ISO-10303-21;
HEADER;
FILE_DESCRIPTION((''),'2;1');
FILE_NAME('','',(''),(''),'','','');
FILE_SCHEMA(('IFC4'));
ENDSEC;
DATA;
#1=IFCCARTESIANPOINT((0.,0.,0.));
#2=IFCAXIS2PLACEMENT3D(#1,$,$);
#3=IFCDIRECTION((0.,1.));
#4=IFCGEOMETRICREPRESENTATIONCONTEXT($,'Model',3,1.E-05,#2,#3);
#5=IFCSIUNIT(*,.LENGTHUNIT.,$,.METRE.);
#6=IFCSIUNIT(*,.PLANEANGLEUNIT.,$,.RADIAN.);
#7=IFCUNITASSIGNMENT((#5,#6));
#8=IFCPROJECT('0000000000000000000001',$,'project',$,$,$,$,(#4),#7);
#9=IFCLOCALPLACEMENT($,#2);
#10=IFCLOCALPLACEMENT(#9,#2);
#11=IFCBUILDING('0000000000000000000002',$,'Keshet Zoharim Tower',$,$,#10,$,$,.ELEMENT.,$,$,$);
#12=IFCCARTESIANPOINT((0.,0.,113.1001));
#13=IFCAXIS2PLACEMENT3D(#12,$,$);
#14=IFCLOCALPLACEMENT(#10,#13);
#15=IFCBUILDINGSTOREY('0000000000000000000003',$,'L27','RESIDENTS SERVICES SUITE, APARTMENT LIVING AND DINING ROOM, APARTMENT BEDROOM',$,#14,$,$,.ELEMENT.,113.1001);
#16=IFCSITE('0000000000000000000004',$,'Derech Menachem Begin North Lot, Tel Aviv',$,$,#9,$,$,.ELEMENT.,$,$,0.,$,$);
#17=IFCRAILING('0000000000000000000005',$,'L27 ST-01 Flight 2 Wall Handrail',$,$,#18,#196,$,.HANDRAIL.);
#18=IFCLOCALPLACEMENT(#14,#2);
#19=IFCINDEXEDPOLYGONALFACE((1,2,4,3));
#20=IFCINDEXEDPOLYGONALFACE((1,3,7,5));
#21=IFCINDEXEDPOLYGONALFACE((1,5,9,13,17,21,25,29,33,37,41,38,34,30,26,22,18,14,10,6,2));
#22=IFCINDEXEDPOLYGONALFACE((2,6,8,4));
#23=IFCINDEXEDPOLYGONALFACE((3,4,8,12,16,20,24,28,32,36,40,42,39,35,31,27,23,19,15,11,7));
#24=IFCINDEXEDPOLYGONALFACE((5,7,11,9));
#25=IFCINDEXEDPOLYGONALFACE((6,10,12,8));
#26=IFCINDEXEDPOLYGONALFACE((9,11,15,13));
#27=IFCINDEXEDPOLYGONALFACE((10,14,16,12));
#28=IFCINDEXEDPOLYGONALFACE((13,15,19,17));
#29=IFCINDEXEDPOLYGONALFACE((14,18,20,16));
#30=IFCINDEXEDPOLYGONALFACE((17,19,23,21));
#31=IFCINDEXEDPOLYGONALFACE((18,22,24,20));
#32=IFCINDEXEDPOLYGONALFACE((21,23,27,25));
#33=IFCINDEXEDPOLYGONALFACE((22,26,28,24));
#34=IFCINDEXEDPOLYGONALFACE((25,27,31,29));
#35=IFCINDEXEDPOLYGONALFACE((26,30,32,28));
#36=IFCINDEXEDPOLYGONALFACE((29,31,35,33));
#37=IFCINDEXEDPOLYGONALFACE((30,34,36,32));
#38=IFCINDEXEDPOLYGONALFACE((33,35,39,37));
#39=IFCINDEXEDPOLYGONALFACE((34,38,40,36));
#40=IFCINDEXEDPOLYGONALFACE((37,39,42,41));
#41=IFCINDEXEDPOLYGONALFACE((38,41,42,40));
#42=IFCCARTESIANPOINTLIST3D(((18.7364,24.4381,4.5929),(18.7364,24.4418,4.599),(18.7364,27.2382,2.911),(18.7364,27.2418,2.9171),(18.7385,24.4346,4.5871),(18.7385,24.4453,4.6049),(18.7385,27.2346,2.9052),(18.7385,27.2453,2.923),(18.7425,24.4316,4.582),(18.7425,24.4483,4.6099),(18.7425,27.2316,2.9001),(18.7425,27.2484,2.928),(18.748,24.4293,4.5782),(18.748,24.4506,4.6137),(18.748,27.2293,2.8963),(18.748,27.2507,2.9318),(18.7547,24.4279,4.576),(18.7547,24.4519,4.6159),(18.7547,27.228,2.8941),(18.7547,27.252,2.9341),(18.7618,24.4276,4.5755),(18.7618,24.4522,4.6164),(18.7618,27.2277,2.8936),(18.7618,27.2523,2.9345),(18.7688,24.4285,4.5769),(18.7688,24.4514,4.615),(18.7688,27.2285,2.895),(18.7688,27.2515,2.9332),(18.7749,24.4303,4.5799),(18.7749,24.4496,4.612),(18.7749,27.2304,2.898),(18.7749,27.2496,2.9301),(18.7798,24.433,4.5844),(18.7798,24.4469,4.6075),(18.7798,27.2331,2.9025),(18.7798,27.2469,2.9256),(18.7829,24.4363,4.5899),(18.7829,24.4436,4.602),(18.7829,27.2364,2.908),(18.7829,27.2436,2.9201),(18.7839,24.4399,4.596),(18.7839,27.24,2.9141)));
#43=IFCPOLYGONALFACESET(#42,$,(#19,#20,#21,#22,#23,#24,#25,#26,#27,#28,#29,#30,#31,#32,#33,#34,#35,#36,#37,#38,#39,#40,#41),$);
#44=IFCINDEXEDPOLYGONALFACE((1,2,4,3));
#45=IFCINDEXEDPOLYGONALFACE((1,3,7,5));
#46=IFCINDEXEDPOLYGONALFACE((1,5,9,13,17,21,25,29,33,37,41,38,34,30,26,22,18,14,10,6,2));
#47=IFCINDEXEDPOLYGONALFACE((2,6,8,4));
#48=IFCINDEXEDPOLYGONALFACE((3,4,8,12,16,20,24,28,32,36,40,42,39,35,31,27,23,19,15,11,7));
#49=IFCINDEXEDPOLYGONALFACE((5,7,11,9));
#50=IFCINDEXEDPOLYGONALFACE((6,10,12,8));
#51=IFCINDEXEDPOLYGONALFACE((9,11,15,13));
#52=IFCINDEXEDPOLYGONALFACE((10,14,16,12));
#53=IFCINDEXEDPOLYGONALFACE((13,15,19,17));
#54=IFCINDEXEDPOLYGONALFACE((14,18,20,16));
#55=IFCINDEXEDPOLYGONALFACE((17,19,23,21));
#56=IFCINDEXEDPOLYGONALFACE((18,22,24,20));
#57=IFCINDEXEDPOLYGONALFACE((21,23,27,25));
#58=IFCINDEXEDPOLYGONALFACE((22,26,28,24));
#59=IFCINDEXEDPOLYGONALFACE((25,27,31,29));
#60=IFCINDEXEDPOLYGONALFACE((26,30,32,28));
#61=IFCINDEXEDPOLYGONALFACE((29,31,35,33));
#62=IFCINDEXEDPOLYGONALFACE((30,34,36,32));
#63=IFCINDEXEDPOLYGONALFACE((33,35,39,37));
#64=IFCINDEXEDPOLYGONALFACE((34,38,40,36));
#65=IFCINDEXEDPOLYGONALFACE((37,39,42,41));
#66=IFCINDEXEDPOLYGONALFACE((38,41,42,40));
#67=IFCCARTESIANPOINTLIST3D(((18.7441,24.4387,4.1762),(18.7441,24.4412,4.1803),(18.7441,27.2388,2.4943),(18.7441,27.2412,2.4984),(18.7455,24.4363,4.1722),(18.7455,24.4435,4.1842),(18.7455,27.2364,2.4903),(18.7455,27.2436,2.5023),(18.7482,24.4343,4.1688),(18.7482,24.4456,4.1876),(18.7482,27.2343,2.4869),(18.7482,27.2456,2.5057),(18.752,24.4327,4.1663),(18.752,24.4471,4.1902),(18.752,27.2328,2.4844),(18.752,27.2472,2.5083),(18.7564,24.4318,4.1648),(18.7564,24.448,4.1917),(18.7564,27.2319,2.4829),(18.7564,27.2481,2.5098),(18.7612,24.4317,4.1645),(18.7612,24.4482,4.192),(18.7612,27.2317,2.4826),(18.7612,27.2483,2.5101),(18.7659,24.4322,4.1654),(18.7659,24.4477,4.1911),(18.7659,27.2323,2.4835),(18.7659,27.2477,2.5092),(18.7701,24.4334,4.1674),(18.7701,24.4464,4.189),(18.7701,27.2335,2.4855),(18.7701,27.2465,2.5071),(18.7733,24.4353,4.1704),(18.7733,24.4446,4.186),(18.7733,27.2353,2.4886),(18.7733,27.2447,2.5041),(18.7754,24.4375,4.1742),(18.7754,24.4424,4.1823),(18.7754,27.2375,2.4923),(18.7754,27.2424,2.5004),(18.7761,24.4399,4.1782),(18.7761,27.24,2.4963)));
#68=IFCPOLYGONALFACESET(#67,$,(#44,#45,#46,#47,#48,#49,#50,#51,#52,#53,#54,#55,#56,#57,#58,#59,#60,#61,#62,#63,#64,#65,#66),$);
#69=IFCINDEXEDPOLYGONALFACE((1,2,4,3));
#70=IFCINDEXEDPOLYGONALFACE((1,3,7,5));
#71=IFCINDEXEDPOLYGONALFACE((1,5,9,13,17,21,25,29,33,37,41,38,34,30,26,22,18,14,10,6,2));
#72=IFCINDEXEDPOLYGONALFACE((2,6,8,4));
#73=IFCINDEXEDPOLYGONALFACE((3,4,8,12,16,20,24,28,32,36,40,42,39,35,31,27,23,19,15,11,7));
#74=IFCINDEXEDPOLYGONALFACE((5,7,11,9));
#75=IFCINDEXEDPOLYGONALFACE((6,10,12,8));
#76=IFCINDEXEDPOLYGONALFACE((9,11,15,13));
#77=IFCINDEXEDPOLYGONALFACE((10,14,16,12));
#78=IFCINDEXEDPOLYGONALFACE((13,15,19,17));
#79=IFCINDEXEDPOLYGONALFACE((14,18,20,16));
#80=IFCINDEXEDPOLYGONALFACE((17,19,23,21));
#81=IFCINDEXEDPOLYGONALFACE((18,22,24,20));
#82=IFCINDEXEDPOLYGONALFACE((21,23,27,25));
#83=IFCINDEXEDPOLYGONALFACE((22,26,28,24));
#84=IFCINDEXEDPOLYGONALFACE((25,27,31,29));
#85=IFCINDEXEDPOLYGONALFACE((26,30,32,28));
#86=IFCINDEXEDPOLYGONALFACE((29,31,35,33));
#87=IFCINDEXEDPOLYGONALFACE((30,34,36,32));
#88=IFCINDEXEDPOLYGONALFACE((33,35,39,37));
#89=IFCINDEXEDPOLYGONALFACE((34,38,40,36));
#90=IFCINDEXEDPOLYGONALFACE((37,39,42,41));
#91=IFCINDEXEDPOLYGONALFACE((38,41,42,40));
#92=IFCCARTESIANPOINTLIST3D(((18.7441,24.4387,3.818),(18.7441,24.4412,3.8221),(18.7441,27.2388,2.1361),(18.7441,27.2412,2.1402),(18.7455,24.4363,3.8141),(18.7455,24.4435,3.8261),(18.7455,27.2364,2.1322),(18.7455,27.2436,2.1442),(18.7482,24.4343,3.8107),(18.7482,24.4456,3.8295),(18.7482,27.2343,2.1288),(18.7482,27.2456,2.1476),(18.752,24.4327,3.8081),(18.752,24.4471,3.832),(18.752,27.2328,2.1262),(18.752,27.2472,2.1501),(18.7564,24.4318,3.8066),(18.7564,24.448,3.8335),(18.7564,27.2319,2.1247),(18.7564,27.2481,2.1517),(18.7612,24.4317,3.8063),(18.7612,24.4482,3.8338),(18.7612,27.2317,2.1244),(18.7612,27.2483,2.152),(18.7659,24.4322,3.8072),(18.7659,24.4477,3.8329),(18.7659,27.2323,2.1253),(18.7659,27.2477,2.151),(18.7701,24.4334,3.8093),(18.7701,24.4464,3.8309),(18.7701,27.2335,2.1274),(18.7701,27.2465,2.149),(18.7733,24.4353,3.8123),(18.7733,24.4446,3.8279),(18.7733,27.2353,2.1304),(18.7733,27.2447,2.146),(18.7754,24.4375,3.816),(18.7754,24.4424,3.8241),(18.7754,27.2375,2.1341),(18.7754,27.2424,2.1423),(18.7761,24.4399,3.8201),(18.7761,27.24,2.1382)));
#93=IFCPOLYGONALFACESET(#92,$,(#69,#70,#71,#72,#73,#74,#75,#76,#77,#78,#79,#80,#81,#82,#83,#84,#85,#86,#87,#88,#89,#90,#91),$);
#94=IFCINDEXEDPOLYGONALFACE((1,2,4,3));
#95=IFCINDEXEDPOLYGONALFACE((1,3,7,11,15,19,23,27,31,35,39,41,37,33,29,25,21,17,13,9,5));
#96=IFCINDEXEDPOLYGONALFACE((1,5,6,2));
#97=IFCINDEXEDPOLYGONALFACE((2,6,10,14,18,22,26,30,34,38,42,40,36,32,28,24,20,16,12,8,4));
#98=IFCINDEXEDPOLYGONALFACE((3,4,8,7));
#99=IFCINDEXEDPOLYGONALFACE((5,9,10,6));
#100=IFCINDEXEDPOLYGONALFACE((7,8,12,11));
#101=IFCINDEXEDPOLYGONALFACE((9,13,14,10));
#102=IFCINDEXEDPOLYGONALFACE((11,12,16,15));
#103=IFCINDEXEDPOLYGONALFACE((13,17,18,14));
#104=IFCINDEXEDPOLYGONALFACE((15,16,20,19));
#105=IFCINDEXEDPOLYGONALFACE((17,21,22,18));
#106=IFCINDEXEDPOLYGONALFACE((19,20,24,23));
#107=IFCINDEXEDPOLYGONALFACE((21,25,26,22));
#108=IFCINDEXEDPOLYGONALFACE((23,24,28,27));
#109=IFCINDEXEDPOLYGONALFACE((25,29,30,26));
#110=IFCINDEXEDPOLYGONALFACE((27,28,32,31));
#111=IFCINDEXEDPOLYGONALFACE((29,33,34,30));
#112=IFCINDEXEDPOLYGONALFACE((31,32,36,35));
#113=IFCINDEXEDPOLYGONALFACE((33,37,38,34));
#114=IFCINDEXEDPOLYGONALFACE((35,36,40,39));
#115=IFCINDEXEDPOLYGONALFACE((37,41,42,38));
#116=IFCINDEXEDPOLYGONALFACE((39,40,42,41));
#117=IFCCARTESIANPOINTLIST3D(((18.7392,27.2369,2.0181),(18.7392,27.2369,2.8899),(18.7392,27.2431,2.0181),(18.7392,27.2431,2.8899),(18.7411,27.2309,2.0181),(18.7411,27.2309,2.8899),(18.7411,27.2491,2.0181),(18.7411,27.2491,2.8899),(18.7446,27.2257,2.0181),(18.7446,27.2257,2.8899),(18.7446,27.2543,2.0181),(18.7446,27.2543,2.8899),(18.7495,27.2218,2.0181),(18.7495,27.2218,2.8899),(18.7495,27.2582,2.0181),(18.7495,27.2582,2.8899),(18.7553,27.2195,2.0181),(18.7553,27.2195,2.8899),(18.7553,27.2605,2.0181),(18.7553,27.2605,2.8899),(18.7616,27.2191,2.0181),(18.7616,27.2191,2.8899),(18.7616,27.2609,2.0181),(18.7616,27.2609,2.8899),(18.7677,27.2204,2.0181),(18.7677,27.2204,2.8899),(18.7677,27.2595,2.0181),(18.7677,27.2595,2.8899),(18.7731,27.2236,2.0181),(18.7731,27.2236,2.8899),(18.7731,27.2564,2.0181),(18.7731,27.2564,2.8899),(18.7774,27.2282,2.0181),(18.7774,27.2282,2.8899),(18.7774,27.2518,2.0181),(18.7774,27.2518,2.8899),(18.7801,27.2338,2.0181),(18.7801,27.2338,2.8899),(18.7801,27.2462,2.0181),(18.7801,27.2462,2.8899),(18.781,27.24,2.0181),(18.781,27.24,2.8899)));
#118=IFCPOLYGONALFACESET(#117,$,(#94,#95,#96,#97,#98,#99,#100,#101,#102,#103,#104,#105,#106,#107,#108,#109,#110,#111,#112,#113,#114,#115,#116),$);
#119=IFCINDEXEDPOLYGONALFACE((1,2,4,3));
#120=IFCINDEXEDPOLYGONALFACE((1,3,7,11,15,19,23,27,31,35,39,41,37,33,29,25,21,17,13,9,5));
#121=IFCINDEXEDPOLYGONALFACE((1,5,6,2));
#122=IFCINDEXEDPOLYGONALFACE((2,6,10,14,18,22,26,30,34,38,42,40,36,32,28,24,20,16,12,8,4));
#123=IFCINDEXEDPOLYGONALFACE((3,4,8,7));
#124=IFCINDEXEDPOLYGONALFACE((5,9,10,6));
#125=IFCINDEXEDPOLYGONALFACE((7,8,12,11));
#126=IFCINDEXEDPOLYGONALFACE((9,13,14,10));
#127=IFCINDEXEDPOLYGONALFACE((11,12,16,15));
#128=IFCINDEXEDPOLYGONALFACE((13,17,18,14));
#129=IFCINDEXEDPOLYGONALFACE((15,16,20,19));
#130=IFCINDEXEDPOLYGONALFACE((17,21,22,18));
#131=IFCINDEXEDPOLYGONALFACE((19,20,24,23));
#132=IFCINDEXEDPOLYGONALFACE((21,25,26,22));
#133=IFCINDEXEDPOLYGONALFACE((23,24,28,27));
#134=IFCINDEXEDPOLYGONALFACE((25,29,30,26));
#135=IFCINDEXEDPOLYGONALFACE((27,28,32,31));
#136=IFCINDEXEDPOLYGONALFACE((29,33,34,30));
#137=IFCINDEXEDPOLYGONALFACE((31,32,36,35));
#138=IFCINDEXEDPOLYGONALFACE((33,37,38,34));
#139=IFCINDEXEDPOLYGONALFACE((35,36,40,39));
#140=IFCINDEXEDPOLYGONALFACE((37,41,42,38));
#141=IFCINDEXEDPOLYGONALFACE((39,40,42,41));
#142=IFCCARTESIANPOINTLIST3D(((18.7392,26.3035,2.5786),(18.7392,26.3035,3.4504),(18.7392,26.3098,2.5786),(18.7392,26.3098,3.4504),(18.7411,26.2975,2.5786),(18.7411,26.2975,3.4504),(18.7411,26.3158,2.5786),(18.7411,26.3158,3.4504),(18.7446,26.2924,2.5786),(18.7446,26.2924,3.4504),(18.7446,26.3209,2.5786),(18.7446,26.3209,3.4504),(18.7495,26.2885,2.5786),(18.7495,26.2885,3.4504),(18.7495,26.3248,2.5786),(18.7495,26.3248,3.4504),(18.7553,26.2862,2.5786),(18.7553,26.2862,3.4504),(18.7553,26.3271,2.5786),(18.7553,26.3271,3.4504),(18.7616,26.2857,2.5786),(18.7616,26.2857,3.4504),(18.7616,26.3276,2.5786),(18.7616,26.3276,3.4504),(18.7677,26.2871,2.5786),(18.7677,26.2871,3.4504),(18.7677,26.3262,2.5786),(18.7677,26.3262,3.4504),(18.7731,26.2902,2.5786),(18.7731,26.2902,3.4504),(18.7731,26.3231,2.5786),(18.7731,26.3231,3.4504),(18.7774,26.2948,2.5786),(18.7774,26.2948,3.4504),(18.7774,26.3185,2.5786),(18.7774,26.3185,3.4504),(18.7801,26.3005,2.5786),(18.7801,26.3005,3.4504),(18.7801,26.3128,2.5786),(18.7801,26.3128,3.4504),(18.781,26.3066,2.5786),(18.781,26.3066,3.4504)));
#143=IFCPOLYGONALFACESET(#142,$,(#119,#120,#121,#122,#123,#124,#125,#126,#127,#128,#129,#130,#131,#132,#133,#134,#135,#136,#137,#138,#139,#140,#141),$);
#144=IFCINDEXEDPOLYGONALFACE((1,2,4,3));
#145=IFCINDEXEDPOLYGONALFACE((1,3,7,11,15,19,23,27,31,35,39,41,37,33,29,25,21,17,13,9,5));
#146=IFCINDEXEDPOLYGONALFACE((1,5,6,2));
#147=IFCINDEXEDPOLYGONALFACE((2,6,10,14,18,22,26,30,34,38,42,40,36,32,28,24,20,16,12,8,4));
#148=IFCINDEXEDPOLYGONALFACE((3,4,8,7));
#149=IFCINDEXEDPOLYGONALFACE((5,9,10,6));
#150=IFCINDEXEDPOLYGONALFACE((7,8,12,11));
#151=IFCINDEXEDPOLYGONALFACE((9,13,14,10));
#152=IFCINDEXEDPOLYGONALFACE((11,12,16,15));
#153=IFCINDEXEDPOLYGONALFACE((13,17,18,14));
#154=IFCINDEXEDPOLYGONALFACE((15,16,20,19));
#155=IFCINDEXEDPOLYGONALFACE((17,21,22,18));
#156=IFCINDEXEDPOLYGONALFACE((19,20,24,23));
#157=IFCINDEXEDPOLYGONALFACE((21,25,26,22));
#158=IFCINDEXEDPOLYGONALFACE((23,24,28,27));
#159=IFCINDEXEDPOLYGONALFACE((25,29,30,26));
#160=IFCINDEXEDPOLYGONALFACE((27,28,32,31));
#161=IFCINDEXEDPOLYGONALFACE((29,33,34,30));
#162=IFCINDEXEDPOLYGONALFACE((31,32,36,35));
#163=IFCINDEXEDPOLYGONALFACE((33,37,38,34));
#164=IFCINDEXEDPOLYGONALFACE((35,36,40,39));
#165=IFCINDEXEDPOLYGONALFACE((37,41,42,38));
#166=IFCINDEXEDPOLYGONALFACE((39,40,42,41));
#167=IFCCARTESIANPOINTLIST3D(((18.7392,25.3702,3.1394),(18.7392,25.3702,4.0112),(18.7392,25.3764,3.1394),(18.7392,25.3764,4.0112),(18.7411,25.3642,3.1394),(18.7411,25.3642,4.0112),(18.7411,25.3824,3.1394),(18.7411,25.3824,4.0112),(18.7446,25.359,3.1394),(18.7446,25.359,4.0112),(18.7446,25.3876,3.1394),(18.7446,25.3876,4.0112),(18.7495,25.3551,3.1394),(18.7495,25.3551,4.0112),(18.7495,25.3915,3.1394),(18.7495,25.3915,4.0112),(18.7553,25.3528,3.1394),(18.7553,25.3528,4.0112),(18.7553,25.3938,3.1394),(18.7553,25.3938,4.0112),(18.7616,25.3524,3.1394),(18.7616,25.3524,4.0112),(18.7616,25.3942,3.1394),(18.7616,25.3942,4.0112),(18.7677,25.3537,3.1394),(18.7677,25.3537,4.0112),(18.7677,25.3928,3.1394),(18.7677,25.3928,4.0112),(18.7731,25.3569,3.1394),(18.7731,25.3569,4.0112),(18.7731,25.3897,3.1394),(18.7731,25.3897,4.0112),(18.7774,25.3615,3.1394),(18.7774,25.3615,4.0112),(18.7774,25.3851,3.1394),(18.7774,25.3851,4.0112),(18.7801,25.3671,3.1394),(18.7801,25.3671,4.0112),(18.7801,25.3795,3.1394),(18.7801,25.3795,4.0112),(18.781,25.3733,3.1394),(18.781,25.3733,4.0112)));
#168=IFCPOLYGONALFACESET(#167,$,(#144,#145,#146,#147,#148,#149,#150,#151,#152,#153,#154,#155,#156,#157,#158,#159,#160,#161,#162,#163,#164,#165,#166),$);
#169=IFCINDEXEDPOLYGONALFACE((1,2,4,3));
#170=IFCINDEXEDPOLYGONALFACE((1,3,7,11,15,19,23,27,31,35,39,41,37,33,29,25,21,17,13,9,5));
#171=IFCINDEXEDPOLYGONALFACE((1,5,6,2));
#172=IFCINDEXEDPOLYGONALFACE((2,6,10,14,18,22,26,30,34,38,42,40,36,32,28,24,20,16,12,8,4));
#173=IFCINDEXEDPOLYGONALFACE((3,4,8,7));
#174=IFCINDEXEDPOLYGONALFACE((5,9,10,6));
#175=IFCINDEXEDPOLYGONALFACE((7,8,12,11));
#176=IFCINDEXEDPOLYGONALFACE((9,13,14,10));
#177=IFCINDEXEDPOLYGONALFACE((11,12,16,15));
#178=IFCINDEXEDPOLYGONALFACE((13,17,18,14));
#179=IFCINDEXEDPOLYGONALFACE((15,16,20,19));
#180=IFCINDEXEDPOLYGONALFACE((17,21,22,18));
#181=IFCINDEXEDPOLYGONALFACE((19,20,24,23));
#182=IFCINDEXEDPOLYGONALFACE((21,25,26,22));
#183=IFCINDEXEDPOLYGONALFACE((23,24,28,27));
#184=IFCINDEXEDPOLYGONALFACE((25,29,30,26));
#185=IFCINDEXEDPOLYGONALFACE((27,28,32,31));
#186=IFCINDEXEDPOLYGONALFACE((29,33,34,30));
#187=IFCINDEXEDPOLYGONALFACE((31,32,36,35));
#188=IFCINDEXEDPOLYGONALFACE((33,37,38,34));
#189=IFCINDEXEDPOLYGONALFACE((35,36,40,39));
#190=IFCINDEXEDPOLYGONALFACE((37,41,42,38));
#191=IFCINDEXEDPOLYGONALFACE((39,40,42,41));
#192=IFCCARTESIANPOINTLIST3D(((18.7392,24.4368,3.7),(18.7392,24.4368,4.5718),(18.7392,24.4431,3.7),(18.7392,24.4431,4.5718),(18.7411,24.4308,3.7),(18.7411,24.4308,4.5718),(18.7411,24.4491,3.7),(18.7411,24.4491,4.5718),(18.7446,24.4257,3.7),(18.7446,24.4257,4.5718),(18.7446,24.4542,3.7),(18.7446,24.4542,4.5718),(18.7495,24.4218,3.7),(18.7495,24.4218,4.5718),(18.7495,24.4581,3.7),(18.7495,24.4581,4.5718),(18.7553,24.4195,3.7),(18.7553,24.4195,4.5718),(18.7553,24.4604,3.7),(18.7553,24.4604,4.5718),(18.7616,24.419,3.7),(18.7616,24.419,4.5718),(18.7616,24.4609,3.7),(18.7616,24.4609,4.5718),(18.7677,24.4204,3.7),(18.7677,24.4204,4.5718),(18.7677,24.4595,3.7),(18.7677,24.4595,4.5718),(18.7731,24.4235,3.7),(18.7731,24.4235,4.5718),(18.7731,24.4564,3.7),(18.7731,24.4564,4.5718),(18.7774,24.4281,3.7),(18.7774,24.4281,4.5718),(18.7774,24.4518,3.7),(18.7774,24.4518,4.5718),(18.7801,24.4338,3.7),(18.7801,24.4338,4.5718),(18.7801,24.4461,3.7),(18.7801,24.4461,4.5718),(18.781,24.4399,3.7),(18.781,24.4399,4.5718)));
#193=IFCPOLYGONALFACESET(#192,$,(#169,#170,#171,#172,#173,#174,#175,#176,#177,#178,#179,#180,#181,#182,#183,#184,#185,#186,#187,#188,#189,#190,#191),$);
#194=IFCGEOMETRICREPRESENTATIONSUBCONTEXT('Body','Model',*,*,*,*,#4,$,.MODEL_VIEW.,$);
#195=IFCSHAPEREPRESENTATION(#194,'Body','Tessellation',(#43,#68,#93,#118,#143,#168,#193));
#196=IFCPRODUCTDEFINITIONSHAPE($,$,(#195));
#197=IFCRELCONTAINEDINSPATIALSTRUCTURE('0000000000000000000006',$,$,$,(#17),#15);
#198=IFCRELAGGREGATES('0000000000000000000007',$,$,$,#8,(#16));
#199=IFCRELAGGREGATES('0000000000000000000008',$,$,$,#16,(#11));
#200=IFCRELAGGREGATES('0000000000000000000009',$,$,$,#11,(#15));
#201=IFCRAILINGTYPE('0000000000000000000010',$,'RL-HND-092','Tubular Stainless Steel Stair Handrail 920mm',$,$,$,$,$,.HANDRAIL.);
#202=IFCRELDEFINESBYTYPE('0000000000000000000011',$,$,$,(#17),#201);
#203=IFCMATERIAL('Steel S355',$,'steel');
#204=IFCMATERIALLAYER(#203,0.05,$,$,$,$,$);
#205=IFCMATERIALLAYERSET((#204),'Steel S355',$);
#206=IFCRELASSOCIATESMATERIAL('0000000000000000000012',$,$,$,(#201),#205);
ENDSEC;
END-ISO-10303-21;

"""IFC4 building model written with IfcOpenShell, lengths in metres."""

from ifc_helpers import new_model, si_unit, direction, frame, origin, origin_2d, place, context, subcontext, project, spatial, circle, extrude, material, layer, layer_set, type_object, element, save


model = new_model("IFC4")

# Units and contexts
model_context = context("Model", 3, precision=1e-05, world=origin(), true_north=direction((0.0, 1.0)))
body_context = subcontext(model_context, "Body", "Model", "MODEL_VIEW")
ifc_project = project(units=[si_unit("LENGTHUNIT", "METRE"), si_unit("PLANEANGLEUNIT", "RADIAN")], contexts=[model_context])

# Site, building, storey
site_placement = place(None, origin())
site = spatial("IfcSite", under=ifc_project, at=site_placement, Name="Derech Menachem Begin North Lot, Tel Aviv", CompositionType="ELEMENT", RefElevation=0.0)
building_placement = place(site_placement, origin())
building = spatial("IfcBuilding", under=site, at=building_placement, Name="Keshet Zoharim Tower", CompositionType="ELEMENT")
storey_placement = place(building_placement, frame((0.0, 0.0, 113.1001)))
storey = spatial("IfcBuildingStorey", under=building, at=storey_placement, Name="L27", Description="RESIDENTS SERVICES SUITE, APARTMENT LIVING AND DINING ROOM, APARTMENT BEDROOM", CompositionType="ELEMENT", Elevation=113.1001)

# Shared definitions
ifc_material_1 = material(Name="Steel S355", Category="steel")

# Railing
ifc_layer_1 = layer(ifc_material_1, 0.05)
ifc_layer_set_1 = layer_set([ifc_layer_1], Name="Steel S355")
railing_type_1 = type_object("IfcRailingType", Name="RL-HND-092", Description="Tubular Stainless Steel Stair Handrail 920mm", PredefinedType="HANDRAIL", material=ifc_layer_set_1)
railing_1_placement = place(storey_placement, frame((18.76, 27.24, 2.0181)))
element("IfcRailing", 1, at=railing_1_placement, inside=storey, type_object=railing_type_1, Name="L27 ST-01 Flight 2 Wall Handrail", PredefinedType="HANDRAIL", context=body_context, shape_type="SweptSolid", body=[
    extrude(circle(Radius=0.0239, at=origin_2d()), frame((0.0, 0.0, 0.896), z_axis=(0.0, -0.857242, 0.514913), x_axis=(1.0, 0.0, 0.0)), (0.0, 0.0, 1.0), 3.2664),
    extrude(circle(Radius=0.0161, at=origin_2d()), frame((0.0, 0.0, 0.4783), z_axis=(0.0, -0.857242, 0.514913), x_axis=(1.0, 0.0, 0.0)), (0.0, 0.0, 1.0), 3.2664),
    extrude(circle(Radius=0.0161, at=origin_2d()), frame((0.0, 0.0, 0.1201), z_axis=(0.0, -0.857242, 0.514913), x_axis=(1.0, 0.0, 0.0)), (0.0, 0.0, 1.0), 3.2664),
    extrude(circle(Radius=0.021, at=origin_2d()), origin(), (0.0, 0.0, 1.0), 0.8718),
    extrude(circle(Radius=0.021, at=origin_2d()), frame((0.0, -0.9333, 0.5605)), (0.0, 0.0, 1.0), 0.8718),
    extrude(circle(Radius=0.021, at=origin_2d()), frame((0.0, -1.8667, 1.1213)), (0.0, 0.0, 1.0), 0.8718),
    extrude(circle(Radius=0.021, at=origin_2d()), frame((0.0, -2.8, 1.6819)), (0.0, 0.0, 1.0), 0.8718),
])

save(model, "model.ifc")
